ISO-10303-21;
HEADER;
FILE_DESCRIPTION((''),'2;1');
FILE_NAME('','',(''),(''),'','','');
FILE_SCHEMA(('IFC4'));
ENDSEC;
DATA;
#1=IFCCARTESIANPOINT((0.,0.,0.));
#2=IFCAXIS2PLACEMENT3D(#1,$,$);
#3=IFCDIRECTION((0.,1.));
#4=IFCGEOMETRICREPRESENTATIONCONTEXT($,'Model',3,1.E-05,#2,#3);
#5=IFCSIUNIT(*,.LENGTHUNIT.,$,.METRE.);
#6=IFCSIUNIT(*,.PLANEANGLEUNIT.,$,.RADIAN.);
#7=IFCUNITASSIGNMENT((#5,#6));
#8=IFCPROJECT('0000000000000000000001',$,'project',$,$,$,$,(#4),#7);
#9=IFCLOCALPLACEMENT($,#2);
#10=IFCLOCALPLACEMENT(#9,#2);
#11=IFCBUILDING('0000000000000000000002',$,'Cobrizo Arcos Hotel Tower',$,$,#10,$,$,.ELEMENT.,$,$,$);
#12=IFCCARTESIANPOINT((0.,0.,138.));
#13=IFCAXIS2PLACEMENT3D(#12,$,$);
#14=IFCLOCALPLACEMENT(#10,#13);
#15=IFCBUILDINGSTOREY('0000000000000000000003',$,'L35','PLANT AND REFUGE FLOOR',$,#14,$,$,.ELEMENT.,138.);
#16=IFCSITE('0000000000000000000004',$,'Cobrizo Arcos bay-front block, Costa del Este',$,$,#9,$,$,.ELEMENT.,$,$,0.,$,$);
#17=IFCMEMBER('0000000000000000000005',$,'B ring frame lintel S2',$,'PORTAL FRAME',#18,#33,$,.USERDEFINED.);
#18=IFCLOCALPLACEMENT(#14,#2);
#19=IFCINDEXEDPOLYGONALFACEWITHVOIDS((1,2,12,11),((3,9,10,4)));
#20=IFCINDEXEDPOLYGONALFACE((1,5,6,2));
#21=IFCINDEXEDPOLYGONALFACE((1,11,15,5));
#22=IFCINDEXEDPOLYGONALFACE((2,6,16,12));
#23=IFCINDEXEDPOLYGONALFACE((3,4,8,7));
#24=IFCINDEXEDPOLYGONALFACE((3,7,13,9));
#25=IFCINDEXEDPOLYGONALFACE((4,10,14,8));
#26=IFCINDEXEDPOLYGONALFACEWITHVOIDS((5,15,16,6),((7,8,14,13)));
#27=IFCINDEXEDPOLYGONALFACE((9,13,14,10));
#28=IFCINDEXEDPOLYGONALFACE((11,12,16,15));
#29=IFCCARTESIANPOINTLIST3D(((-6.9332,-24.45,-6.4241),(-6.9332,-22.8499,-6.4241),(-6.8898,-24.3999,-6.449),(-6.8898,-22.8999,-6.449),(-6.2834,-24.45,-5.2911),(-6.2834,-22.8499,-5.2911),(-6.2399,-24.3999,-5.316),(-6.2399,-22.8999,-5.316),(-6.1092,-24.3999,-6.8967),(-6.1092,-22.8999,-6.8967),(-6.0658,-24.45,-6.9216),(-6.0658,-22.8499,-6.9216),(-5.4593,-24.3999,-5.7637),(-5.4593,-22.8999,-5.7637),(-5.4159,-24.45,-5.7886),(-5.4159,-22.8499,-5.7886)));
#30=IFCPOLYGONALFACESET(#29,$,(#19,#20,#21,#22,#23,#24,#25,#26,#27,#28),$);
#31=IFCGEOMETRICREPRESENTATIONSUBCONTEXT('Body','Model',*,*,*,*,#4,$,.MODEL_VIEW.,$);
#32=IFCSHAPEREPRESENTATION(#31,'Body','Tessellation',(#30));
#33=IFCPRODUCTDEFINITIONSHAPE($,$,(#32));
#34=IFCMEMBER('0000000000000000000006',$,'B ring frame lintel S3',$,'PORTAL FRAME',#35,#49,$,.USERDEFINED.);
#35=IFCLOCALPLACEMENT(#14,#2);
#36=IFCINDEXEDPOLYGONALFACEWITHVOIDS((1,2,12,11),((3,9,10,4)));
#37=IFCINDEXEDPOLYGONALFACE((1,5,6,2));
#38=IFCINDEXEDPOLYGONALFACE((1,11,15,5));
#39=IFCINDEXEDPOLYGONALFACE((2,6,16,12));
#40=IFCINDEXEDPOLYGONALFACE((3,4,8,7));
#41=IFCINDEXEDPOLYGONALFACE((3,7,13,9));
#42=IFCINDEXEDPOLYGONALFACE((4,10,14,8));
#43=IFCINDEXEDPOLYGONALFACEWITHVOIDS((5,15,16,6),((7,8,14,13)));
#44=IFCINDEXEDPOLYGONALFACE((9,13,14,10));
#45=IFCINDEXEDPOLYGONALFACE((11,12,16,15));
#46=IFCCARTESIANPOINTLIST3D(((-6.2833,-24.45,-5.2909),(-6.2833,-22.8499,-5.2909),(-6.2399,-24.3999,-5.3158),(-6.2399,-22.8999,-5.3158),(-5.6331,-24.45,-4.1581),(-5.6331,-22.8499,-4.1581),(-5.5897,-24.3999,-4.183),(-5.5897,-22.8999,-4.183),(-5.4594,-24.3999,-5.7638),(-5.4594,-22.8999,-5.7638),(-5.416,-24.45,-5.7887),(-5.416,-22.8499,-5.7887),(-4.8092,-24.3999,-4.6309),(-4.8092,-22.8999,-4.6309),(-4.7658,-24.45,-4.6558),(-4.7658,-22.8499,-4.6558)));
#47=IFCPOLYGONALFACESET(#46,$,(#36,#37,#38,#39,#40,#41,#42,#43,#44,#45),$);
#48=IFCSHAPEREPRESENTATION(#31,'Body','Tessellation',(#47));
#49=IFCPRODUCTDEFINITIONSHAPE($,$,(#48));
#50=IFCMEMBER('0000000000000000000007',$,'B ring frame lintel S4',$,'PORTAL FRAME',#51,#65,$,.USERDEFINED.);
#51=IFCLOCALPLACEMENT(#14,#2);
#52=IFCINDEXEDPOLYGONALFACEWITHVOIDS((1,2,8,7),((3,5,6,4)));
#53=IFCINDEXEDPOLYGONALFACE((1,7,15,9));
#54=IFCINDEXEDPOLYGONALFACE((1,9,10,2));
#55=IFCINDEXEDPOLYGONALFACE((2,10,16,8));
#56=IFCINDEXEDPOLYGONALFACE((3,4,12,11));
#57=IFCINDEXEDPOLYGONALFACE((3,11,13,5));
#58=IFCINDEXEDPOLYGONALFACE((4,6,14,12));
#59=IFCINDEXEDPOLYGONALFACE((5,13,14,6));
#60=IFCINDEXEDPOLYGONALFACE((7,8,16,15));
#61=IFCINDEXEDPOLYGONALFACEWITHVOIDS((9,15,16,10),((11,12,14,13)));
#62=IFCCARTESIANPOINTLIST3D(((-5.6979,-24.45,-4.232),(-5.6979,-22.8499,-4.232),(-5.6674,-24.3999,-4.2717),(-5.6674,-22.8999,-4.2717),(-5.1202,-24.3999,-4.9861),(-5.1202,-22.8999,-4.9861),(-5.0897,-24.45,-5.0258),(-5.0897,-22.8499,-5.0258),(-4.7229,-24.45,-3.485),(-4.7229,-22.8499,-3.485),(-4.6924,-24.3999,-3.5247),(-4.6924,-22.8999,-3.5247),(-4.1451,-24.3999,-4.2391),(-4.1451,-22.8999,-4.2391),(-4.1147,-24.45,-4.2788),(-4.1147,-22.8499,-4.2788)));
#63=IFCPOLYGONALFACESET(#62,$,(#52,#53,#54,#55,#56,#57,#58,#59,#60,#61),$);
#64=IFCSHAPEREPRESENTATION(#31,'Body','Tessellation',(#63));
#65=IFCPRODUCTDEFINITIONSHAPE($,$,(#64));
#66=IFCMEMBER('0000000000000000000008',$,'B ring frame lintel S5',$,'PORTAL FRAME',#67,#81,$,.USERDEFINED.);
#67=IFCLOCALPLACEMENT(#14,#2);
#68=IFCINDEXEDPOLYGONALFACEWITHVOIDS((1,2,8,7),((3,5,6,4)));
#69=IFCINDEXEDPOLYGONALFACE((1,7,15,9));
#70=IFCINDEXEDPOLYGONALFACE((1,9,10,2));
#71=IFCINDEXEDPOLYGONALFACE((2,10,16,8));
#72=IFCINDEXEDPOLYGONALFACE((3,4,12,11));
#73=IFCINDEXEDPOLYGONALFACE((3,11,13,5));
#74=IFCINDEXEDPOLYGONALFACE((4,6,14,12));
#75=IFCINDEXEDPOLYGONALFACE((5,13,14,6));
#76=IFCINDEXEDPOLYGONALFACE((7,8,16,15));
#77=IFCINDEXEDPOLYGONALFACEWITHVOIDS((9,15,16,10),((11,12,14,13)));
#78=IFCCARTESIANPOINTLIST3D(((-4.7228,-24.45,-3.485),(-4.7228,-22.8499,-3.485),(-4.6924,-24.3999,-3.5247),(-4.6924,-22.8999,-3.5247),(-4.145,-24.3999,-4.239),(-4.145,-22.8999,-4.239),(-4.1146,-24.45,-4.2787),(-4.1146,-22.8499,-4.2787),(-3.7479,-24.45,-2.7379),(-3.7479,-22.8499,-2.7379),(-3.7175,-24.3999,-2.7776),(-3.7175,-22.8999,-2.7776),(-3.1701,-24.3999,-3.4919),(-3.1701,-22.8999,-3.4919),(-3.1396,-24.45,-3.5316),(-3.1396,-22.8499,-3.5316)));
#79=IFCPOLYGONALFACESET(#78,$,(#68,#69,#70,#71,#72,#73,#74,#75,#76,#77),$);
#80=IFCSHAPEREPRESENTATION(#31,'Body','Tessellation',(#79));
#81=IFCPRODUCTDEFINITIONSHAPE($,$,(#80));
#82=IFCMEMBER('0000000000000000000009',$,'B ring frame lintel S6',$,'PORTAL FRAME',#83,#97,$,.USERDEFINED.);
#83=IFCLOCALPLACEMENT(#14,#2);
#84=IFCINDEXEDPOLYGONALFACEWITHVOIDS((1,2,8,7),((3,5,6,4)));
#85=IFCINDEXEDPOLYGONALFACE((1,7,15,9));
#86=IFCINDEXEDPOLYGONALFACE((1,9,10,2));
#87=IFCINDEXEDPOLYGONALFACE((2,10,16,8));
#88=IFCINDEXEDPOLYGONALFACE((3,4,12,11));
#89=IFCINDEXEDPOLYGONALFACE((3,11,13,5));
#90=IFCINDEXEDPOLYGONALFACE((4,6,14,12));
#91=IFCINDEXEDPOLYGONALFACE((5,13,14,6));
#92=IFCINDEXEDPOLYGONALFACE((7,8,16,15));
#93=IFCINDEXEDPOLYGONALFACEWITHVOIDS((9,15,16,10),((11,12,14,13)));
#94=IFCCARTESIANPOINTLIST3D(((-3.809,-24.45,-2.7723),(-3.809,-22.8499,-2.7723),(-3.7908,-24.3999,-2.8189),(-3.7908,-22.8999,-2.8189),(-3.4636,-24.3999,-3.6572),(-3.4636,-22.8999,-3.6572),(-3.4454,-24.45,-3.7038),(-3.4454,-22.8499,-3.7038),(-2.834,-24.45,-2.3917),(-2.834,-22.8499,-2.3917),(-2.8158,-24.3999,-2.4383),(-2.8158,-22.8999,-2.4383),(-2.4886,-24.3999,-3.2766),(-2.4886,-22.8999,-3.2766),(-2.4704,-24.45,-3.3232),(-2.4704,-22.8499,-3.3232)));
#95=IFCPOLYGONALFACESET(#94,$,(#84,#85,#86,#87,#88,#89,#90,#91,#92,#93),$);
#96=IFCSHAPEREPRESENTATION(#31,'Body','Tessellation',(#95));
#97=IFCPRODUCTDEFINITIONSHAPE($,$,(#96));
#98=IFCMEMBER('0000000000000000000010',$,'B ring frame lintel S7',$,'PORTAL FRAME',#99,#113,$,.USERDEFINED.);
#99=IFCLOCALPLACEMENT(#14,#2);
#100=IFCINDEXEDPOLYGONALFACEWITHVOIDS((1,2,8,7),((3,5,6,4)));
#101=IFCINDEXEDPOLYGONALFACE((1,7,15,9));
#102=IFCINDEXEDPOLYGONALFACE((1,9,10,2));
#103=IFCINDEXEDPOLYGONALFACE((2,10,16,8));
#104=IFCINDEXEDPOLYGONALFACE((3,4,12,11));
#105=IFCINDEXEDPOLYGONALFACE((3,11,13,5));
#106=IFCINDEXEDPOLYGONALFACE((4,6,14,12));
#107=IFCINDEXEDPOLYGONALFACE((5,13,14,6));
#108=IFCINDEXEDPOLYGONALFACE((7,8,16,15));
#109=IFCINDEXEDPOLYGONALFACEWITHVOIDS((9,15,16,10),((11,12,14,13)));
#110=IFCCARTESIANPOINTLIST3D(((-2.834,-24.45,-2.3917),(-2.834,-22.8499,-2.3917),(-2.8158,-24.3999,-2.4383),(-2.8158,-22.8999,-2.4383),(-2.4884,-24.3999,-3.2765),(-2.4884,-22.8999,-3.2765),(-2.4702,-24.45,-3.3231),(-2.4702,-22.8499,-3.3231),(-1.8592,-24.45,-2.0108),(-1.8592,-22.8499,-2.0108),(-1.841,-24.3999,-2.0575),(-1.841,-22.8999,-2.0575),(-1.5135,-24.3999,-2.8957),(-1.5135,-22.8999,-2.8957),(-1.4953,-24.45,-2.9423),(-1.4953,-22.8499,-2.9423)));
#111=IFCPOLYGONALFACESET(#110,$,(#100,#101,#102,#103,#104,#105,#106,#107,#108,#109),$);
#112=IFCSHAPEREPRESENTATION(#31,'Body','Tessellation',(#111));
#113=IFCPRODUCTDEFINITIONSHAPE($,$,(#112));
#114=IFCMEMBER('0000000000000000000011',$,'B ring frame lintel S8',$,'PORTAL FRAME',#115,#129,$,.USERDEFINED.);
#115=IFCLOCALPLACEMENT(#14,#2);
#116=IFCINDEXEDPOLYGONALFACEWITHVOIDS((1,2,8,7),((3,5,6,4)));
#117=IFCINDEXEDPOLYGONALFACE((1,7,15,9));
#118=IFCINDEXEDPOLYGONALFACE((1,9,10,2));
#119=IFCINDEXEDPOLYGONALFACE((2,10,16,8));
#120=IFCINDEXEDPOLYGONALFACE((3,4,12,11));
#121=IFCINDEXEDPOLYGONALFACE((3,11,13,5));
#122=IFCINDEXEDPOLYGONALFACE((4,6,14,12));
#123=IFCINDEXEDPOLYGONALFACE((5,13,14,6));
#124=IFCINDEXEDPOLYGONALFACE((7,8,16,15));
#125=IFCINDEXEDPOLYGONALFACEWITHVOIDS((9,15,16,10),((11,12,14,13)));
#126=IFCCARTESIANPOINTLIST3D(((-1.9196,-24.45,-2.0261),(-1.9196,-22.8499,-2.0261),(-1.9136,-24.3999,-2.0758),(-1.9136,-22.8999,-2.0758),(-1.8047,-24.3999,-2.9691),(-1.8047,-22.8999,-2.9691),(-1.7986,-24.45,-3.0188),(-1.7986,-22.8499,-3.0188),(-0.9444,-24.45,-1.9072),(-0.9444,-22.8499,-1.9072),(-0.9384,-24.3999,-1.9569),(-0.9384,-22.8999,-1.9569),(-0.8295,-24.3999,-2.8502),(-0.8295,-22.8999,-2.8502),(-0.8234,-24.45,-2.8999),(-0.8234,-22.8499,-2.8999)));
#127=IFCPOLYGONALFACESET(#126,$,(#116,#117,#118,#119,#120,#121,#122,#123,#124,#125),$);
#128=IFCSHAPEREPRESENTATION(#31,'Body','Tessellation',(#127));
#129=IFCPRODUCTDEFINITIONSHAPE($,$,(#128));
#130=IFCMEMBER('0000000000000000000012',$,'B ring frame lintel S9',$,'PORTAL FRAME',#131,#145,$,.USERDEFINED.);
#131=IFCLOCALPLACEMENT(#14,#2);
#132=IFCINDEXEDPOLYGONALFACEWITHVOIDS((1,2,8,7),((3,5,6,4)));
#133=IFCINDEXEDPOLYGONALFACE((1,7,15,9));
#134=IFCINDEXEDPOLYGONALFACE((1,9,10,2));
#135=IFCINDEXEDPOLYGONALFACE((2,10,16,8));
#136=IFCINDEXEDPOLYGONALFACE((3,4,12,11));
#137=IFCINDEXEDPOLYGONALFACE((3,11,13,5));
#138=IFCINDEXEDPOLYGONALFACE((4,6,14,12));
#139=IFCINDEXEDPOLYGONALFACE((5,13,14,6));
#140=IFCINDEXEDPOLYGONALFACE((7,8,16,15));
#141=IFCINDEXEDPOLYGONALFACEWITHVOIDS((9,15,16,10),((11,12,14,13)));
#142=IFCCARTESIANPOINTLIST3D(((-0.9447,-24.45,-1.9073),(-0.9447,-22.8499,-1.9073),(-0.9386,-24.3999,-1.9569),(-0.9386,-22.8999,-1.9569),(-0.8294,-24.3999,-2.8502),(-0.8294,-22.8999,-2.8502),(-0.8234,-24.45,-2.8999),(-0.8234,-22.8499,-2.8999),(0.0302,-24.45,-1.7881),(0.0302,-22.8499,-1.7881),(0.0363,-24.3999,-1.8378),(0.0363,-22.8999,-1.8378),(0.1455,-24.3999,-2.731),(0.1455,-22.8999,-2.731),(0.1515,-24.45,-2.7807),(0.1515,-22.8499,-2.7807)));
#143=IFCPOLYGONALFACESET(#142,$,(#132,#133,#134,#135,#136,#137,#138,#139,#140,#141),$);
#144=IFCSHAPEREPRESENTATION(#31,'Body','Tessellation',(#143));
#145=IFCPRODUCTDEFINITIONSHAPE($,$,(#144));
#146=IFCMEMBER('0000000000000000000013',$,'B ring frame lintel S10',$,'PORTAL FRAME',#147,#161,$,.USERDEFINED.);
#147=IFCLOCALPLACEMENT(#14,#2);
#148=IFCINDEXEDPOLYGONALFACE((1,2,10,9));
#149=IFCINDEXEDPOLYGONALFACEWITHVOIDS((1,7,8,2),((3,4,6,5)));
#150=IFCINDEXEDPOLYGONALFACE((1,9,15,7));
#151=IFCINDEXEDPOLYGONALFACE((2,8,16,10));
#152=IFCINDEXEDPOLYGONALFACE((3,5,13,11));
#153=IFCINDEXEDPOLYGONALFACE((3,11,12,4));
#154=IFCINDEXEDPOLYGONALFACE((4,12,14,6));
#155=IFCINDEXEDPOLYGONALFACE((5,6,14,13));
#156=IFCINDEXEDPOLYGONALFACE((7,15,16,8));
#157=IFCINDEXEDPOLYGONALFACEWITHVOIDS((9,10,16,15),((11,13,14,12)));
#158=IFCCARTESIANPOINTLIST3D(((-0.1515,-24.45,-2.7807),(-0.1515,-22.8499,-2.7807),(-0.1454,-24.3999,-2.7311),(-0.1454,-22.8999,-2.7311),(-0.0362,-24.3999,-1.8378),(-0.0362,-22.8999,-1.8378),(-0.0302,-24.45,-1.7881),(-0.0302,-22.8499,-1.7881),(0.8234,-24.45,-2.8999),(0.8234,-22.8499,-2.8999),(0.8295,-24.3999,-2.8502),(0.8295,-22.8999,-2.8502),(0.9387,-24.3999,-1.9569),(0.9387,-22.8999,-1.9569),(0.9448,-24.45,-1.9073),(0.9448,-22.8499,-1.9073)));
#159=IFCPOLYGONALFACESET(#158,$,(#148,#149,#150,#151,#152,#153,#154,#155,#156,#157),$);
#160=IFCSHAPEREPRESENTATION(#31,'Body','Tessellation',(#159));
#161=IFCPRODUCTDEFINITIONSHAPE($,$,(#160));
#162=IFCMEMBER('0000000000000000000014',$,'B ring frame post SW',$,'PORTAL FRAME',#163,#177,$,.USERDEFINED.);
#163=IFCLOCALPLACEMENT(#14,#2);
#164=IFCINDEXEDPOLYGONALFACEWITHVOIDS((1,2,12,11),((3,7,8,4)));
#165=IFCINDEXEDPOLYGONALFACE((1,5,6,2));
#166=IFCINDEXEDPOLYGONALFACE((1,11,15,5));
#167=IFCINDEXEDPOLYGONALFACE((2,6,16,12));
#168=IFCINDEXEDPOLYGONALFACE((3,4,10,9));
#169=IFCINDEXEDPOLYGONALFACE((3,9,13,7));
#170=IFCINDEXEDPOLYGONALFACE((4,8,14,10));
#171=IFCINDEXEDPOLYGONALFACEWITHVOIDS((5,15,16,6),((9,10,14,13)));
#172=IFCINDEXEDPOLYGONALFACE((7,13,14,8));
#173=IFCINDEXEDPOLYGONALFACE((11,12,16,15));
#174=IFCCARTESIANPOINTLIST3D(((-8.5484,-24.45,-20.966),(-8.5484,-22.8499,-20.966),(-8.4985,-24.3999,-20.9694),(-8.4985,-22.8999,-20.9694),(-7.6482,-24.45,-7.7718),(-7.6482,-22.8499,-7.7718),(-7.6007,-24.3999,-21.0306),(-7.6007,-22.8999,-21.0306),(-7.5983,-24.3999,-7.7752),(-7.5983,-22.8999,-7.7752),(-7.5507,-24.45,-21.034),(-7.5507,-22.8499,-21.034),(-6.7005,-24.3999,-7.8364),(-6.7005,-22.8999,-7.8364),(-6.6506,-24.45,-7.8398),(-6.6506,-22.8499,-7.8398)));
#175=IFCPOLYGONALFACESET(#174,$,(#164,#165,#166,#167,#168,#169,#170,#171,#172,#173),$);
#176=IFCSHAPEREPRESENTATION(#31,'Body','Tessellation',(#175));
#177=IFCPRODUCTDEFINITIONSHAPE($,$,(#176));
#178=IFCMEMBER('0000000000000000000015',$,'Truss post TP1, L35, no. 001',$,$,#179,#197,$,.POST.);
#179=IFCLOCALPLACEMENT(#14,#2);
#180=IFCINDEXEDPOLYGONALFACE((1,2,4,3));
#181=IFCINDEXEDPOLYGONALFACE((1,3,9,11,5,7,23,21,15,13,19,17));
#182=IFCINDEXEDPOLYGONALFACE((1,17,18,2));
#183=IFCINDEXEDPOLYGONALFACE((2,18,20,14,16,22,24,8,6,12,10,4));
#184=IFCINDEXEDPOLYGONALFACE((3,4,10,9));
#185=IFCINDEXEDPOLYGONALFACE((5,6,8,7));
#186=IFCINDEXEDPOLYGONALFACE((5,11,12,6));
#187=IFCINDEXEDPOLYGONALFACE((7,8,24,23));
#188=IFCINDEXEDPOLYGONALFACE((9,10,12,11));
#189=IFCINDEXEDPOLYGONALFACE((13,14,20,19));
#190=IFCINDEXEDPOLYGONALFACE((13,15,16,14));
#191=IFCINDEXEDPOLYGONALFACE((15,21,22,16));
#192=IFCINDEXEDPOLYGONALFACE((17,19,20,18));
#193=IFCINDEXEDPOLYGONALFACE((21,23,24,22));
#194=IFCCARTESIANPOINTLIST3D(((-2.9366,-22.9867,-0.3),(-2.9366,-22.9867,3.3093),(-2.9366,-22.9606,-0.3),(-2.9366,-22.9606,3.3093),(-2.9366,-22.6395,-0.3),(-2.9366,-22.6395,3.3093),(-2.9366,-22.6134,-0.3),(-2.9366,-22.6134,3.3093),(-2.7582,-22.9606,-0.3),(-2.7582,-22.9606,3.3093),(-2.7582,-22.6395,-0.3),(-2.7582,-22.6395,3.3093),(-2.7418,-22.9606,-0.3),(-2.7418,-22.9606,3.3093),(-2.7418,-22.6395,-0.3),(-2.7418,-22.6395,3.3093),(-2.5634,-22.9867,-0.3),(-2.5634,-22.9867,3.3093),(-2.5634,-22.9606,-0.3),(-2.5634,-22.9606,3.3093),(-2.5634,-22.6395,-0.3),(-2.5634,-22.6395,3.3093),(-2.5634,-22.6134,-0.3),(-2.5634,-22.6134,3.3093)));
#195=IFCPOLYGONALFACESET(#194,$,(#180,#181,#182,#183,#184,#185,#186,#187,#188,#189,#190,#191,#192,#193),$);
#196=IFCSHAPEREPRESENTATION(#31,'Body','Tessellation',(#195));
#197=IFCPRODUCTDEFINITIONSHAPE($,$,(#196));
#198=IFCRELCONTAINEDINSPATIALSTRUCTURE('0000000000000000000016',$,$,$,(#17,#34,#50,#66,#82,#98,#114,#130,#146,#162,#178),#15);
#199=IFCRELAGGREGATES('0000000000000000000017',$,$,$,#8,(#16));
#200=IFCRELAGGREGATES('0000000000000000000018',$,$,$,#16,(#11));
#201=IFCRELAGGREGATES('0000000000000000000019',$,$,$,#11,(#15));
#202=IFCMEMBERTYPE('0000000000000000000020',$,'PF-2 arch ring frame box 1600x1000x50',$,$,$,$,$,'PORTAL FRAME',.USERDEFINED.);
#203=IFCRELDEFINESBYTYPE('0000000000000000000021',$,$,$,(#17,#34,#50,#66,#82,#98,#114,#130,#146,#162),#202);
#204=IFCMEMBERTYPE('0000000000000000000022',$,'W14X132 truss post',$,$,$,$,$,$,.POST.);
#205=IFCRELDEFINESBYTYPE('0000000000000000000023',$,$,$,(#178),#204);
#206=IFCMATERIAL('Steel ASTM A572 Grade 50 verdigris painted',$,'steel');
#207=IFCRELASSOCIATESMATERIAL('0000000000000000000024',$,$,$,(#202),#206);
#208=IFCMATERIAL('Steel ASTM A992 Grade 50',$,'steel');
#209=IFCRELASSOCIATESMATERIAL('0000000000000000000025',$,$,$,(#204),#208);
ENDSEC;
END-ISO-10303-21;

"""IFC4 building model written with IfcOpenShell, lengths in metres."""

from ifc_helpers import new_model, si_unit, direction, frame, origin, origin_2d, place, context, subcontext, project, spatial, hollow_rectangle, i_section, extrude, material, material_profile, profile_set, type_object, element, save


model = new_model("IFC4")

# Units and contexts
model_context = context("Model", 3, precision=1e-05, world=origin(), true_north=direction((0.0, 1.0)))
body_context = subcontext(model_context, "Body", "Model", "MODEL_VIEW")
ifc_project = project(units=[si_unit("LENGTHUNIT", "METRE"), si_unit("PLANEANGLEUNIT", "RADIAN")], contexts=[model_context])

# Site, building, storey
site_placement = place(None, origin())
site = spatial("IfcSite", under=ifc_project, at=site_placement, Name="Cobrizo Arcos bay-front block, Costa del Este", CompositionType="ELEMENT", RefElevation=0.0)
building_placement = place(site_placement, origin())
building = spatial("IfcBuilding", under=site, at=building_placement, Name="Cobrizo Arcos Hotel Tower", CompositionType="ELEMENT")
storey_placement = place(building_placement, frame((0.0, 0.0, 138.0)))
storey = spatial("IfcBuildingStorey", under=building, at=storey_placement, Name="L35", Description="PLANT AND REFUGE FLOOR", CompositionType="ELEMENT", Elevation=138.0)

# Members
ifc_material_1 = material(Name="Steel ASTM A572 Grade 50 verdigris painted", Category="steel")
ifc_material_profile_1 = material_profile(ifc_material_1, hollow_rectangle(XDim=1.6001, YDim=1.0, WallThickness=0.05, at=origin_2d()), Name="PF-2 arch ring frame box 1600x1000x50")
ifc_profile_set_1 = profile_set([ifc_material_profile_1], Name="Steel ASTM A572 Grade 50 verdigris painted")
member_type_1 = type_object("IfcMemberType", Name="PF-2 arch ring frame box 1600x1000x50", ElementType="PORTAL FRAME", PredefinedType="USERDEFINED", material=ifc_profile_set_1)
for number, where, z_axis, x_axis, name in (
    (1, (-6.4995, -23.6499, -6.6729), (0.497547, 0.0, 0.867437), (0.0, 1.0, 0.0), "B ring frame lintel S2"),
    (2, (-5.8496, -23.6499, -5.5398), (0.497769, 0.0, 0.86731), (0.0, 1.0, 0.0), "B ring frame lintel S3"),
):
    element("IfcMember", number, at=place(storey_placement, frame(where, z_axis=z_axis, x_axis=x_axis)), inside=storey, type_object=member_type_1, Name=name, ObjectType="PORTAL FRAME", PredefinedType="USERDEFINED", context=body_context, shape_type="SweptSolid", body=[
        extrude(hollow_rectangle(XDim=1.6001, YDim=1.0, WallThickness=0.05, at=origin_2d()), origin(), (0.0, 0.0, 1.0), 1.3062),
    ])
for number, where, z_axis, x_axis, name in (
    (3, (-5.3938, -23.6499, -4.6289), (0.793805, 0.0, 0.608173), (0.0, 1.0, 0.0), "B ring frame lintel S4"),
    (4, (-4.4187, -23.6499, -3.8818), (0.793731, 0.0, 0.608269), (0.0, 1.0, 0.0), "B ring frame lintel S5"),
):
    element("IfcMember", number, at=place(storey_placement, frame(where, z_axis=z_axis, x_axis=x_axis)), inside=storey, type_object=member_type_1, Name=name, ObjectType="PORTAL FRAME", PredefinedType="USERDEFINED", context=body_context, shape_type="SweptSolid", body=[
        extrude(hollow_rectangle(XDim=1.6001, YDim=1.0, WallThickness=0.05, at=origin_2d()), origin(), (0.0, 0.0, 1.0), 1.2283),
    ])
for number, where, z_axis, x_axis, name in (
    (5, (-3.6272, -23.6499, -3.238), (0.931549, 0.0, 0.363617), (0.0, 1.0, 0.0), "B ring frame lintel S6"),
    (6, (-2.6521, -23.6499, -2.8574), (0.931439, 0.0, 0.363898), (0.0, 1.0, 0.0), "B ring frame lintel S7"),
):
    element("IfcMember", number, at=place(storey_placement, frame(where, z_axis=z_axis, x_axis=x_axis)), inside=storey, type_object=member_type_1, Name=name, ObjectType="PORTAL FRAME", PredefinedType="USERDEFINED", context=body_context, shape_type="SweptSolid", body=[
        extrude(hollow_rectangle(XDim=1.6001, YDim=1.0, WallThickness=0.05, at=origin_2d()), origin(), (0.0, 0.0, 1.0), 1.0466),
    ])
member_1_placement = place(storey_placement, frame((-1.8591, -23.6499, -2.5225), z_axis=(0.992648, 0.0, 0.121036), x_axis=(0.0, 1.0, 0.0)))
element("IfcMember", 7, at=member_1_placement, inside=storey, type_object=member_type_1, Name="B ring frame lintel S8", ObjectType="PORTAL FRAME", PredefinedType="USERDEFINED", context=body_context, shape_type="SweptSolid", body=[
    extrude(hollow_rectangle(XDim=1.6001, YDim=1.0, WallThickness=0.05, at=origin_2d()), origin(), (0.0, 0.0, 1.0), 0.9824),
])
for number, where, z_axis, x_axis, name in (
    (8, (-0.884, -23.6499, -2.4036), (0.992615, 0.0, 0.121311), (0.0, 1.0, 0.0), "B ring frame lintel S9"),
    (9, (-0.0908, -23.6499, -2.2844), (0.992615, 0.0, -0.121311), (0.0, 1.0, 0.0), "B ring frame lintel S10"),
):
    element("IfcMember", number, at=place(storey_placement, frame(where, z_axis=z_axis, x_axis=x_axis)), inside=storey, type_object=member_type_1, Name=name, ObjectType="PORTAL FRAME", PredefinedType="USERDEFINED", context=body_context, shape_type="SweptSolid", body=[
        extrude(hollow_rectangle(XDim=1.6001, YDim=1.0, WallThickness=0.05, at=origin_2d()), origin(), (0.0, 0.0, 1.0), 0.9822),
    ])
member_2_placement = place(storey_placement, frame((-8.0496, -23.6499, -21.0), z_axis=(0.068065, 0.0, 0.997681), x_axis=(0.0, 1.0, 0.0)))
element("IfcMember", 10, at=member_2_placement, inside=storey, type_object=member_type_1, Name="B ring frame post SW", ObjectType="PORTAL FRAME", PredefinedType="USERDEFINED", context=body_context, shape_type="SweptSolid", body=[
    extrude(hollow_rectangle(XDim=1.6001, YDim=1.0, WallThickness=0.05, at=origin_2d()), origin(), (0.0, 0.0, 1.0), 13.2249),
])
ifc_material_2 = material(Name="Steel ASTM A992 Grade 50", Category="steel")
ifc_material_profile_2 = material_profile(ifc_material_2, i_section(OverallWidth=0.3733, OverallDepth=0.3733, WebThickness=0.0164, FlangeThickness=0.0261, at=origin_2d()), Name="W14X132")
ifc_profile_set_2 = profile_set([ifc_material_profile_2], Name="Steel ASTM A992 Grade 50")
member_type_2 = type_object("IfcMemberType", Name="W14X132 truss post", PredefinedType="POST", material=ifc_profile_set_2)
for number, where, z_axis, x_axis, name in (
    (11, (-2.75, -22.8, -0.3), (0.0, 0.0, 1.0), (1.0, 0.0, 0.0), "Truss post TP1, L35, no. 001"),
):
    element("IfcMember", number, at=place(storey_placement, frame(where, z_axis=z_axis, x_axis=x_axis)), inside=storey, type_object=member_type_2, Name=name, PredefinedType="POST", context=body_context, shape_type="SweptSolid", body=[
        extrude(i_section(OverallWidth=0.3733, OverallDepth=0.3733, WebThickness=0.0164, FlangeThickness=0.0261, at=origin_2d()), origin(), (0.0, 0.0, 1.0), 3.6094),
    ])

save(model, "model.ifc")
